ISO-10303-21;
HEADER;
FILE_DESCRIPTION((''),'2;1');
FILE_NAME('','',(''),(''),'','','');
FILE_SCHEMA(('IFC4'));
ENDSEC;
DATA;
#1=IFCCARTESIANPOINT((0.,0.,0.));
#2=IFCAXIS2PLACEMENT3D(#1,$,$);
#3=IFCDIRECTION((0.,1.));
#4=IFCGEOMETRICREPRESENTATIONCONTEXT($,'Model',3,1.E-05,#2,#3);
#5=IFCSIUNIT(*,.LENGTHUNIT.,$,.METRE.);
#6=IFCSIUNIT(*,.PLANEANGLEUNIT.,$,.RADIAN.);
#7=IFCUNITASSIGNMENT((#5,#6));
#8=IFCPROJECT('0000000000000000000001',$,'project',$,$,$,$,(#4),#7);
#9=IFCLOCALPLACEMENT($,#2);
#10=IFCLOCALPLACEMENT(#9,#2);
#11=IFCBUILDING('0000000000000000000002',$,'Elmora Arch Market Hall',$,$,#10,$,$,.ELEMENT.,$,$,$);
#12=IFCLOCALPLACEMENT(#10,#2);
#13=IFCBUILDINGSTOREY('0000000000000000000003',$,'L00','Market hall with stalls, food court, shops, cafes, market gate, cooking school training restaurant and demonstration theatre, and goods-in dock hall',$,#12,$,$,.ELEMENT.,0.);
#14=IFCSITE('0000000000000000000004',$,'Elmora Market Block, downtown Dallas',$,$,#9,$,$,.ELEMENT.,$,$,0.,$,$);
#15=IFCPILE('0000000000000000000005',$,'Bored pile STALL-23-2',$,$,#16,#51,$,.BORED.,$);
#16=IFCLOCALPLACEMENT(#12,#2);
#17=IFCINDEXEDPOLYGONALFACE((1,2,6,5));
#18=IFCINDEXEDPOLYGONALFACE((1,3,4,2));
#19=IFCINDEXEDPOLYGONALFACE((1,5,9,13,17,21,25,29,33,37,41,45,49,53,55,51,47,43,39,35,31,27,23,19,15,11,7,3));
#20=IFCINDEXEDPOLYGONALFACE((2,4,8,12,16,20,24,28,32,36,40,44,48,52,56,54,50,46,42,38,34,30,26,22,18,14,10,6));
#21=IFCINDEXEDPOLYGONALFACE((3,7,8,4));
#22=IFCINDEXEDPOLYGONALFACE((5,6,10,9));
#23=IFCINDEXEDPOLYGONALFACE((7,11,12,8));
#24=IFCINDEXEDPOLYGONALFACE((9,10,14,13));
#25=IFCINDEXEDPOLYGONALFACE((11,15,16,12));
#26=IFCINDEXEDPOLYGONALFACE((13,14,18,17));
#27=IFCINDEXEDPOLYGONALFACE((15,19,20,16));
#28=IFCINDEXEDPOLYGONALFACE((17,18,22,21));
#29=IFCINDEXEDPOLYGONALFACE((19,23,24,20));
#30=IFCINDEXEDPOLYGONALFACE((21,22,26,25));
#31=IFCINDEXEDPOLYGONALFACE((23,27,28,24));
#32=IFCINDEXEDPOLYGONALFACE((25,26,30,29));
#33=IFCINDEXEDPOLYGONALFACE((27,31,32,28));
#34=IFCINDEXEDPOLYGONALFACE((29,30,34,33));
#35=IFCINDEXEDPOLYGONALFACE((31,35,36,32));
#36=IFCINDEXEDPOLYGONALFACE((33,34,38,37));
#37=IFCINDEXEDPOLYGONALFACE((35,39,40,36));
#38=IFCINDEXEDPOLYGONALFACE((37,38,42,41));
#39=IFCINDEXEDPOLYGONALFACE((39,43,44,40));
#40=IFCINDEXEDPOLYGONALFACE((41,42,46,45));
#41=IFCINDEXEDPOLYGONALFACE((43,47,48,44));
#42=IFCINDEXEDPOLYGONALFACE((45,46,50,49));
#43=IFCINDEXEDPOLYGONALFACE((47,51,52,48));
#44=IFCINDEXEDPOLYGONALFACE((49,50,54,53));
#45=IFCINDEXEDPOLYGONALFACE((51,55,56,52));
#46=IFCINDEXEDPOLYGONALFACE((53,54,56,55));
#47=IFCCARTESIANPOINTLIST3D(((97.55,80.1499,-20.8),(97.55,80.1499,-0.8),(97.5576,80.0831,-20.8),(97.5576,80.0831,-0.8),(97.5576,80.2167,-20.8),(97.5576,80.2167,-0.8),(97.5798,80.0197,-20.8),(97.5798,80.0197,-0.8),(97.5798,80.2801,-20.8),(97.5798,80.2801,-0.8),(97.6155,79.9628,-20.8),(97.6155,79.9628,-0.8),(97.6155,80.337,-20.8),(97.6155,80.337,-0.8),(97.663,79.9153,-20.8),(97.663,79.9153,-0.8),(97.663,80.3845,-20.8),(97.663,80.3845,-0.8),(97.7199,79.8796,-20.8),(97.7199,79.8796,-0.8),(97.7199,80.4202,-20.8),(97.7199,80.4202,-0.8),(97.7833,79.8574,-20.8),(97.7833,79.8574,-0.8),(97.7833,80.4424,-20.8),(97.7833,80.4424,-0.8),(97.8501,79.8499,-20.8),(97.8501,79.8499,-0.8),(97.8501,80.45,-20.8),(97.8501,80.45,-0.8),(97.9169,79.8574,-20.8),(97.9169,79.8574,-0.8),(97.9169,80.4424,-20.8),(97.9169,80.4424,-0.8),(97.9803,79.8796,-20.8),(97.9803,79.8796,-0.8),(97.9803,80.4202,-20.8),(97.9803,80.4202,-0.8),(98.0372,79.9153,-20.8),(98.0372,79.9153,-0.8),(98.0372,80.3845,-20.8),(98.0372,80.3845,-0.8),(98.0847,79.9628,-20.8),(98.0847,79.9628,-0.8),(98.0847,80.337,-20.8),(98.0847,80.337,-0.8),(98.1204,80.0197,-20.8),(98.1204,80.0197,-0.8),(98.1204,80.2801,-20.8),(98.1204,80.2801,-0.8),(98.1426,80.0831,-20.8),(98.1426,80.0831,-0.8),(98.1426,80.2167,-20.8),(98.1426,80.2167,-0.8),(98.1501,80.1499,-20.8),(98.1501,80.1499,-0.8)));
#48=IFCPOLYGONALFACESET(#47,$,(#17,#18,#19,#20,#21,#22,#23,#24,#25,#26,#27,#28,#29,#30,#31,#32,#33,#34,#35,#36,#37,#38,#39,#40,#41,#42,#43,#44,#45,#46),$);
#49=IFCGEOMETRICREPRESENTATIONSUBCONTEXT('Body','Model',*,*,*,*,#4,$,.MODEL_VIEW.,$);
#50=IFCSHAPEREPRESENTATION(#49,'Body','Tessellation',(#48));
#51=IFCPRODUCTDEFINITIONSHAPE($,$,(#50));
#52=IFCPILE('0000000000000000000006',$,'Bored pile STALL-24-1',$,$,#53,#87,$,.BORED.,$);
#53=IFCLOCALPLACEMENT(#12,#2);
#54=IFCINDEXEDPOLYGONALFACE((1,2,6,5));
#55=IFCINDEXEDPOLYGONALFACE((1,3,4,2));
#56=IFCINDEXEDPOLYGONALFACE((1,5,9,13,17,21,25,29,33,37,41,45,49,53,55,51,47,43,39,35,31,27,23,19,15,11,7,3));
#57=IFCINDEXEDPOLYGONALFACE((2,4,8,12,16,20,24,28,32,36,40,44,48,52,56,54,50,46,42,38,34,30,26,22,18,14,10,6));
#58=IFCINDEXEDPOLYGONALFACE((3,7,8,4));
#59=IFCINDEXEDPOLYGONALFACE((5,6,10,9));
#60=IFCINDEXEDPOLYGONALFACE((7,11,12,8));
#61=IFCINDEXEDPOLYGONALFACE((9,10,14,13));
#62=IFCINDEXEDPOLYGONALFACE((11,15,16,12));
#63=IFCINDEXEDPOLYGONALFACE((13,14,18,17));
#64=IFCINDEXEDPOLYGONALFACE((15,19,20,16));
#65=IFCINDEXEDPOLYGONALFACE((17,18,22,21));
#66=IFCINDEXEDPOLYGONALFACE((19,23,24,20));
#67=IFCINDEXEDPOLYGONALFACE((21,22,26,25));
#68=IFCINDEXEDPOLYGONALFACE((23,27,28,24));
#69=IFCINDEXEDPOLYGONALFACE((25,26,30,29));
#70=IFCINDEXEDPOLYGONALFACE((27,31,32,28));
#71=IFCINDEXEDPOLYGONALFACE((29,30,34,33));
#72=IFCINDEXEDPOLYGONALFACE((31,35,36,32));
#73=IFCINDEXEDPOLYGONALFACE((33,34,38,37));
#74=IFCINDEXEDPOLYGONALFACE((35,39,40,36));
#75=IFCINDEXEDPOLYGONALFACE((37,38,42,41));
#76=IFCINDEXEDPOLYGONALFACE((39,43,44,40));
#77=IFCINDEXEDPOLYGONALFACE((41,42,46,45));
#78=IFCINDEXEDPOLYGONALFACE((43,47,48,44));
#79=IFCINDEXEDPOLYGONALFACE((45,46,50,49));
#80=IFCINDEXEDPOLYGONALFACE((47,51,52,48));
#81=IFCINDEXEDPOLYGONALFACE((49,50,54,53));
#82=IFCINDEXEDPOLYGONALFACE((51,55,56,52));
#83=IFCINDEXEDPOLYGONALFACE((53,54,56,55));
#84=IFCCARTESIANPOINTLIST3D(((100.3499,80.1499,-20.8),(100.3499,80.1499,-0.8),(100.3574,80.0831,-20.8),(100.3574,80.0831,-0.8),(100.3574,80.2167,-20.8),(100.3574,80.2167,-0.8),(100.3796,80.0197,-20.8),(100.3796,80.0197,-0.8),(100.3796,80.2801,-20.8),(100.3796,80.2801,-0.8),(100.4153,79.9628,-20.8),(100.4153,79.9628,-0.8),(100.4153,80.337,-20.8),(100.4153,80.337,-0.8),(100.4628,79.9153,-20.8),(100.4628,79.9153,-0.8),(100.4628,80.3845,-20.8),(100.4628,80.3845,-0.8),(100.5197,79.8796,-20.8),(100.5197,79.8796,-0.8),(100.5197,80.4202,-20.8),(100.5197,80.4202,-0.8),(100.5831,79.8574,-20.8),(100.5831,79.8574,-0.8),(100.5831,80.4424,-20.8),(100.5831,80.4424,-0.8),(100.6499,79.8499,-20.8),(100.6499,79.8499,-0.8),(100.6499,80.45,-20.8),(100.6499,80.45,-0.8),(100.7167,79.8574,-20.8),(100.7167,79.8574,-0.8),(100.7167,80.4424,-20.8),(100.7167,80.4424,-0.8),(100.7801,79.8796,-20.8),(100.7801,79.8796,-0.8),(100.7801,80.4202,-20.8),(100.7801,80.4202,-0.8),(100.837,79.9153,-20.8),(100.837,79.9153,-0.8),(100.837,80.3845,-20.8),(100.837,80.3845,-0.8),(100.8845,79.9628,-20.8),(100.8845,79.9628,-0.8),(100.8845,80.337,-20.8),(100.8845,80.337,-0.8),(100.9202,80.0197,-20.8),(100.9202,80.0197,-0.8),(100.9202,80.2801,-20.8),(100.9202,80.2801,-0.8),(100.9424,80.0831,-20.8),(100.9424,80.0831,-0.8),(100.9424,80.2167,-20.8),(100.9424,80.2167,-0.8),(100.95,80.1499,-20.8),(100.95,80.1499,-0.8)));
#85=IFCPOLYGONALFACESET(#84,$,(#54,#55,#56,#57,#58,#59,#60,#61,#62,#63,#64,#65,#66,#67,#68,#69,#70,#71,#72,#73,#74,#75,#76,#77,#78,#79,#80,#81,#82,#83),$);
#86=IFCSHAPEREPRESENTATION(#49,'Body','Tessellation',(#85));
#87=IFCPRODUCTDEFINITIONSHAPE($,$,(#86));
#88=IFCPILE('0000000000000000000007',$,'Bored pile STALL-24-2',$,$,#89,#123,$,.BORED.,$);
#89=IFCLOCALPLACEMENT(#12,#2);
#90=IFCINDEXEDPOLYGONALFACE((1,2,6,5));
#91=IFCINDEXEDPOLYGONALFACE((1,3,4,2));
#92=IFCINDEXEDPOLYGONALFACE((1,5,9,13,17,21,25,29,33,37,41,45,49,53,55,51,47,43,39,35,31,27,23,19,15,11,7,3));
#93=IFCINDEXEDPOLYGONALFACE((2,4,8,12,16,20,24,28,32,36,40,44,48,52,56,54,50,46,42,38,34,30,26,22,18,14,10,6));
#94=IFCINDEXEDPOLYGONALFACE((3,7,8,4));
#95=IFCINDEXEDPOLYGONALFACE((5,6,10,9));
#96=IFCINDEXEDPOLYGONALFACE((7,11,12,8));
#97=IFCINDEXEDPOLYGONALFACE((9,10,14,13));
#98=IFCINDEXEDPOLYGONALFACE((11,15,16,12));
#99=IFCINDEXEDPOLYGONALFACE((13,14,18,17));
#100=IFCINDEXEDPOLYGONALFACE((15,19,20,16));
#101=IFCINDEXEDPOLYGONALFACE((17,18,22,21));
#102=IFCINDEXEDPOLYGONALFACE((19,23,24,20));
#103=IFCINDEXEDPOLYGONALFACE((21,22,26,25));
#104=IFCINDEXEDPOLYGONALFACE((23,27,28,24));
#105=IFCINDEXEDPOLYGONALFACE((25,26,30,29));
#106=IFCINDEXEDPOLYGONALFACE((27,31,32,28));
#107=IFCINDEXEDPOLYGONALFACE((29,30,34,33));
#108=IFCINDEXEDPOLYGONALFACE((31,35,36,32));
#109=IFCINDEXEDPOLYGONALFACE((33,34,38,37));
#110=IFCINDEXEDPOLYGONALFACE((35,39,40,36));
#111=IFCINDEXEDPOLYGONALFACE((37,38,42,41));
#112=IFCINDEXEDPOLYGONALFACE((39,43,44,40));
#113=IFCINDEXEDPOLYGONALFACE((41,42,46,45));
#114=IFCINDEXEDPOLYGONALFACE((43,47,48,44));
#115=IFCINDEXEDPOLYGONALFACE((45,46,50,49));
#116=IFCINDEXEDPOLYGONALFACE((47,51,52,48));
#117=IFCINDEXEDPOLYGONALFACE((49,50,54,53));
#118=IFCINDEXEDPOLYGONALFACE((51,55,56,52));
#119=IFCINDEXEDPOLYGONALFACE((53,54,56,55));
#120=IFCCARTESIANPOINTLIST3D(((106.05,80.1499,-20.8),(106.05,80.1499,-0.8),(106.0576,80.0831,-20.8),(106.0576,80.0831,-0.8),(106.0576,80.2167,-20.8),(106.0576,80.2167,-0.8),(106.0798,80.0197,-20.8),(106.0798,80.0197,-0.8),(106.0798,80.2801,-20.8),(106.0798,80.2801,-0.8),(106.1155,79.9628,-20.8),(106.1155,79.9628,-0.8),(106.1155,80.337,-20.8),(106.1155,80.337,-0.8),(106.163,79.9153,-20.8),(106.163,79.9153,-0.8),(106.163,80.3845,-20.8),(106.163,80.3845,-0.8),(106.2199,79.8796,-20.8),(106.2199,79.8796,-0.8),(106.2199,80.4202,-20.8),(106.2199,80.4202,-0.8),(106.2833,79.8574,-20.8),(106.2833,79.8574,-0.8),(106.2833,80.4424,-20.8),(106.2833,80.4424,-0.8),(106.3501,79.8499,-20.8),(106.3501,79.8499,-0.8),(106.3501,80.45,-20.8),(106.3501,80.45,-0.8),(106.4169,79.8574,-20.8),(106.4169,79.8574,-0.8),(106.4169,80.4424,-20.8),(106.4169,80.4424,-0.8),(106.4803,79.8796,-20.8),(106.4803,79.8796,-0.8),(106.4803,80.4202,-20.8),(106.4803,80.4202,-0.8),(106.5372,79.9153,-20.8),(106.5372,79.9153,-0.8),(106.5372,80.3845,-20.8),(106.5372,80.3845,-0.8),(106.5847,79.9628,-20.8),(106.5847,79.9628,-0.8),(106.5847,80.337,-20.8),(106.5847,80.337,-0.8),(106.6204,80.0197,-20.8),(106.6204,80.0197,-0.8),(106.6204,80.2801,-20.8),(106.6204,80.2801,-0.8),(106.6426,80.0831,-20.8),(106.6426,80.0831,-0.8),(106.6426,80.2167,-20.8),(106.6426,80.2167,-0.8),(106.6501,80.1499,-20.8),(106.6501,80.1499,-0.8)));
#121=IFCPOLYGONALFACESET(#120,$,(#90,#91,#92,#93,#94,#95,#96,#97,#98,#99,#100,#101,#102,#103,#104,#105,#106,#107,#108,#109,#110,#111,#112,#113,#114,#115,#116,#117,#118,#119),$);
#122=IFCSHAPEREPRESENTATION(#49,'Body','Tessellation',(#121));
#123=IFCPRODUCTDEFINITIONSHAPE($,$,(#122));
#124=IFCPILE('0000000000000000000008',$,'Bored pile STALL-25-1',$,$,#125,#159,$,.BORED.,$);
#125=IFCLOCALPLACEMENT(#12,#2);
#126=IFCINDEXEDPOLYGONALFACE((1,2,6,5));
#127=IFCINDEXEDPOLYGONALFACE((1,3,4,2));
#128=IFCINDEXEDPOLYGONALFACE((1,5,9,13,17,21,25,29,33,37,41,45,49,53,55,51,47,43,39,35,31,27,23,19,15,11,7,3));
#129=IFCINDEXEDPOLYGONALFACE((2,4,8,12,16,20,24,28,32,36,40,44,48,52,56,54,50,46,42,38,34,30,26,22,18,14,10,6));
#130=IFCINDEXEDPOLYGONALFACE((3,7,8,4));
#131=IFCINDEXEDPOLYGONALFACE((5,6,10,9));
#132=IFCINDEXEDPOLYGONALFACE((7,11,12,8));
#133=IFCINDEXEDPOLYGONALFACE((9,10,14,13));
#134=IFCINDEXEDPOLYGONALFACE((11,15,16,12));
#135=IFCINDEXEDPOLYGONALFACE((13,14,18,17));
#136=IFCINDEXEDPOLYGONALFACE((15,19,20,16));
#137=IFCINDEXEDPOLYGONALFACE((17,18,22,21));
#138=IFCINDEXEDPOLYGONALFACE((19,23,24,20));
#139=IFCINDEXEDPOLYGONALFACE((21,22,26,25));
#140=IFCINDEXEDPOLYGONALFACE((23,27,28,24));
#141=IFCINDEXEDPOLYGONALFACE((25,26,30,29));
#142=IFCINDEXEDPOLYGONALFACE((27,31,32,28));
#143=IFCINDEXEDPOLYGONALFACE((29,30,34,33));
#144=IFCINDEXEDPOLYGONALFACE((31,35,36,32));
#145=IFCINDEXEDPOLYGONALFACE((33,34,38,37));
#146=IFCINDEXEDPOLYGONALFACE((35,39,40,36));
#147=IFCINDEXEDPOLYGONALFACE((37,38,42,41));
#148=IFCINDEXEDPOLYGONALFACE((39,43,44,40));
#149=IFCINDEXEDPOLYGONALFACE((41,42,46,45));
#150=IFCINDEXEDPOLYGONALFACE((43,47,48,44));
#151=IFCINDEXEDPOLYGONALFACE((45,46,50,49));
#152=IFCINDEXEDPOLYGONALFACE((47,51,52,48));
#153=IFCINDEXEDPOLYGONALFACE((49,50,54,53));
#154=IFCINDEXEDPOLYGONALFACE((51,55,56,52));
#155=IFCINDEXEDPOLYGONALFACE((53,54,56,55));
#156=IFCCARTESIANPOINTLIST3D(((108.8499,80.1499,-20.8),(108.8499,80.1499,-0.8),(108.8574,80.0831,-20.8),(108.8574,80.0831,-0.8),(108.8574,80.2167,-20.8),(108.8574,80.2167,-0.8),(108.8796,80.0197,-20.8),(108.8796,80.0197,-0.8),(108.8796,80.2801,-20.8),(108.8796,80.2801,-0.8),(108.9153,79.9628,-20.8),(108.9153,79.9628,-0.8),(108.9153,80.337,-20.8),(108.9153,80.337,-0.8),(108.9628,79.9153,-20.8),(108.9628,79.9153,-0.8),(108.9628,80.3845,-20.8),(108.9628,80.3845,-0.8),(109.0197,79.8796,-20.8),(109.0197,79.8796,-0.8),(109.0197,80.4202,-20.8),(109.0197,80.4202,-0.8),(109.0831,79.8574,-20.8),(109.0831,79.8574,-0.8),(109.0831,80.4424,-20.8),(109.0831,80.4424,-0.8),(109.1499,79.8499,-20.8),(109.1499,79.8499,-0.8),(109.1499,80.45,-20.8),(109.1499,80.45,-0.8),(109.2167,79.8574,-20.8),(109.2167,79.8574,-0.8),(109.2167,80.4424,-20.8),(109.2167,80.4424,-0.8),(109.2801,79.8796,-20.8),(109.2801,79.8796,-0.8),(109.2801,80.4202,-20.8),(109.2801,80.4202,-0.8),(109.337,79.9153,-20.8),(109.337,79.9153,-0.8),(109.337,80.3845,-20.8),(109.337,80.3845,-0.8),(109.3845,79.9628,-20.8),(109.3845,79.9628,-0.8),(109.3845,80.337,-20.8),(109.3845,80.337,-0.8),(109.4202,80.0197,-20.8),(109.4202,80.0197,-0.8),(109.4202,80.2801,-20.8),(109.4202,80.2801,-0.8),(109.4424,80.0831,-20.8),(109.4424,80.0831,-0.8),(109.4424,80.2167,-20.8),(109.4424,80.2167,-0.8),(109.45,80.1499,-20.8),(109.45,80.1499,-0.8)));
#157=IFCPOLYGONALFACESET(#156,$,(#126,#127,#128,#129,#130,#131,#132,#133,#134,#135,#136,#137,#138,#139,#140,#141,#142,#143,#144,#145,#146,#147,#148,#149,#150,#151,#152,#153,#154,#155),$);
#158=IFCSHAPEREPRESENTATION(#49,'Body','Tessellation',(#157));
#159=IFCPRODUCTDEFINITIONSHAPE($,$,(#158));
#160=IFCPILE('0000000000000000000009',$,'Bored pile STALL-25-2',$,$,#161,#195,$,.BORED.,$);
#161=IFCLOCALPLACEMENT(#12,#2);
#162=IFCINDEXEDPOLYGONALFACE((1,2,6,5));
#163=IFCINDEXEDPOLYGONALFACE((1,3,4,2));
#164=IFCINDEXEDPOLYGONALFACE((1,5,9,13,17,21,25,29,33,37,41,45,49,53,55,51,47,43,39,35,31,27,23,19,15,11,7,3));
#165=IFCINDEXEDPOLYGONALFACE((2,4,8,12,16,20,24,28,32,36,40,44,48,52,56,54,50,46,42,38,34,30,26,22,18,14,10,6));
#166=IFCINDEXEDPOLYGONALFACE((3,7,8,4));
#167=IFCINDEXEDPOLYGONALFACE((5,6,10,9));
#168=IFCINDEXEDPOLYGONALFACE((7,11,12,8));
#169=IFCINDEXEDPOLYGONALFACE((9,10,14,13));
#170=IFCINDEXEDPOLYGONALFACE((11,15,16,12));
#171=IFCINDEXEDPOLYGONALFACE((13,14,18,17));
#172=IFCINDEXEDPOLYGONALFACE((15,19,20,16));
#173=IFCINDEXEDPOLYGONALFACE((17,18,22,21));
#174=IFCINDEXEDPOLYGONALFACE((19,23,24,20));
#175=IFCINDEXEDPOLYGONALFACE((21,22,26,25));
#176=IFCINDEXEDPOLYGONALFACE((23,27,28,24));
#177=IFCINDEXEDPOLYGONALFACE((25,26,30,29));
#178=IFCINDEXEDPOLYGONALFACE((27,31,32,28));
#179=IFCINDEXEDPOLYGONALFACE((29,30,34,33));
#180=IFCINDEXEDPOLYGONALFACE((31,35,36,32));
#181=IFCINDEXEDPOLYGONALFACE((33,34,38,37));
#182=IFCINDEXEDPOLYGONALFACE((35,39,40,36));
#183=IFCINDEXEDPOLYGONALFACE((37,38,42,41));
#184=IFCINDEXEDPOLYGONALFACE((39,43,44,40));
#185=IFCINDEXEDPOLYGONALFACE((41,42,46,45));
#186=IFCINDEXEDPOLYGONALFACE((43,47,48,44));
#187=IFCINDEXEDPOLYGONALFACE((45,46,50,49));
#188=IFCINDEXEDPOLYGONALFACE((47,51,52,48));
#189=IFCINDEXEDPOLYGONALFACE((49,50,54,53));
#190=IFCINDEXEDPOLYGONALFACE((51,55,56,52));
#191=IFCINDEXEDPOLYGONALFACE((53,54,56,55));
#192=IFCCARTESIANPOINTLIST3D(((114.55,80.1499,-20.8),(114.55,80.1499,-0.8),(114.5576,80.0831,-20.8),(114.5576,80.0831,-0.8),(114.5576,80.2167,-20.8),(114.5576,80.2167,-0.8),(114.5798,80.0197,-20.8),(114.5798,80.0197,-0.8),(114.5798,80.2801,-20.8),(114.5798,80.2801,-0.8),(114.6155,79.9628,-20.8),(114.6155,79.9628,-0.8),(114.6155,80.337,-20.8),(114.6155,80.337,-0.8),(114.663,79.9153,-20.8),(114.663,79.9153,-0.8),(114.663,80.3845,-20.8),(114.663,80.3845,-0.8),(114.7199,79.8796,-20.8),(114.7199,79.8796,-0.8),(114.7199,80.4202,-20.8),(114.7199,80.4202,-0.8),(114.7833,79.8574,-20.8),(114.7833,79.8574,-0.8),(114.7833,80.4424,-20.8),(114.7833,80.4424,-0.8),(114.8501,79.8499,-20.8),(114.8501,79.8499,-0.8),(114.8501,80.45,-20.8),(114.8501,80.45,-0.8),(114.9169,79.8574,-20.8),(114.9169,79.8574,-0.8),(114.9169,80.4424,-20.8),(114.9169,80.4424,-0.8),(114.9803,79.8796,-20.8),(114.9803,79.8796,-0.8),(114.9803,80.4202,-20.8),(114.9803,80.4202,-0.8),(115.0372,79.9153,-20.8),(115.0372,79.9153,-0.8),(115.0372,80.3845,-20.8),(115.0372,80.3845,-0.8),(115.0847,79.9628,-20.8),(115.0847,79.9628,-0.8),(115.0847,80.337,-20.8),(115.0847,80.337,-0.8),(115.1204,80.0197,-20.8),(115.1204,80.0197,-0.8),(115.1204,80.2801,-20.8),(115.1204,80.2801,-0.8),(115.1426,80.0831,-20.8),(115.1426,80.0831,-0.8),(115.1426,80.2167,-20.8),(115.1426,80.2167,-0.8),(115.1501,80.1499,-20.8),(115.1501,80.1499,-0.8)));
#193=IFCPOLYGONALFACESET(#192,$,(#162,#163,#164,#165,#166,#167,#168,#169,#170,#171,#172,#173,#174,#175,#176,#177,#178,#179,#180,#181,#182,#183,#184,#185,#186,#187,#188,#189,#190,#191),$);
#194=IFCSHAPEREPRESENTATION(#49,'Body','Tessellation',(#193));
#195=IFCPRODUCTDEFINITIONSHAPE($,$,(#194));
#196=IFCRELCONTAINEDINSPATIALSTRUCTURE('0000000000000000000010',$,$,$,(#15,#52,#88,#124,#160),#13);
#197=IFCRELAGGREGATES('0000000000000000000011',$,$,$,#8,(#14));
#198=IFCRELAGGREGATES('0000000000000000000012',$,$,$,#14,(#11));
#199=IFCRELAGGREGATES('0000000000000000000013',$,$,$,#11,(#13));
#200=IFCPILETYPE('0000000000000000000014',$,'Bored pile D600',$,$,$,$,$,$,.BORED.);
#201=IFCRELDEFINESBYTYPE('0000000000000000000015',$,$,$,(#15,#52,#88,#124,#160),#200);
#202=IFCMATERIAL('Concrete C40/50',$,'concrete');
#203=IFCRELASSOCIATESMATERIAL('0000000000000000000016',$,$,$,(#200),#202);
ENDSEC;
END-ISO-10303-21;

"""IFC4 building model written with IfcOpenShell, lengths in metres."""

from ifc_helpers import new_model, si_unit, direction, frame, origin, origin_2d, place, context, subcontext, project, spatial, circle, extrude, material, material_profile, profile_set, type_object, element, save


model = new_model("IFC4")

# Units and contexts
model_context = context("Model", 3, precision=1e-05, world=origin(), true_north=direction((0.0, 1.0)))
body_context = subcontext(model_context, "Body", "Model", "MODEL_VIEW")
ifc_project = project(units=[si_unit("LENGTHUNIT", "METRE"), si_unit("PLANEANGLEUNIT", "RADIAN")], contexts=[model_context])

# Site, building, storey
site_placement = place(None, origin())
site = spatial("IfcSite", under=ifc_project, at=site_placement, Name="Elmora Market Block, downtown Dallas", CompositionType="ELEMENT", RefElevation=0.0)
building_placement = place(site_placement, origin())
building = spatial("IfcBuilding", under=site, at=building_placement, Name="Elmora Arch Market Hall", CompositionType="ELEMENT")
storey_placement = place(building_placement, origin())
storey = spatial("IfcBuildingStorey", under=building, at=storey_placement, Name="L00", Description="Market hall with stalls, food court, shops, cafes, market gate, cooking school training restaurant and demonstration theatre, and goods-in dock hall", CompositionType="ELEMENT", Elevation=0.0)

# Piles
ifc_material_1 = material(Name="Concrete C40/50", Category="concrete")
ifc_material_profile_1 = material_profile(ifc_material_1, circle(Radius=0.3, at=origin_2d()), Name="Bored pile D600")
ifc_profile_set_1 = profile_set([ifc_material_profile_1], Name="Concrete C40/50")
pile_type = type_object("IfcPileType", Name="Bored pile D600", PredefinedType="BORED", material=ifc_profile_set_1)
for number, where, z_axis, x_axis, name in (
    (1, (97.8501, 80.1499, -0.8), (0.0, 0.0, -1.0), (1.0, 0.0, 0.0), "Bored pile STALL-23-2"),
    (2, (100.6499, 80.1499, -0.8), (0.0, 0.0, -1.0), (1.0, 0.0, 0.0), "Bored pile STALL-24-1"),
    (3, (106.3501, 80.1499, -0.8), (0.0, 0.0, -1.0), (1.0, 0.0, 0.0), "Bored pile STALL-24-2"),
    (4, (109.1499, 80.1499, -0.8), (0.0, 0.0, -1.0), (1.0, 0.0, 0.0), "Bored pile STALL-25-1"),
    (5, (114.8501, 80.1499, -0.8), (0.0, 0.0, -1.0), (1.0, 0.0, 0.0), "Bored pile STALL-25-2"),
):
    element("IfcPile", number, at=place(storey_placement, frame(where, z_axis=z_axis, x_axis=x_axis)), inside=storey, type_object=pile_type, Name=name, PredefinedType="BORED", context=body_context, shape_type="SweptSolid", body=[
        extrude(circle(Radius=0.3, at=origin_2d()), origin(), (0.0, 0.0, 1.0), 20.0),
    ])

save(model, "model.ifc")
